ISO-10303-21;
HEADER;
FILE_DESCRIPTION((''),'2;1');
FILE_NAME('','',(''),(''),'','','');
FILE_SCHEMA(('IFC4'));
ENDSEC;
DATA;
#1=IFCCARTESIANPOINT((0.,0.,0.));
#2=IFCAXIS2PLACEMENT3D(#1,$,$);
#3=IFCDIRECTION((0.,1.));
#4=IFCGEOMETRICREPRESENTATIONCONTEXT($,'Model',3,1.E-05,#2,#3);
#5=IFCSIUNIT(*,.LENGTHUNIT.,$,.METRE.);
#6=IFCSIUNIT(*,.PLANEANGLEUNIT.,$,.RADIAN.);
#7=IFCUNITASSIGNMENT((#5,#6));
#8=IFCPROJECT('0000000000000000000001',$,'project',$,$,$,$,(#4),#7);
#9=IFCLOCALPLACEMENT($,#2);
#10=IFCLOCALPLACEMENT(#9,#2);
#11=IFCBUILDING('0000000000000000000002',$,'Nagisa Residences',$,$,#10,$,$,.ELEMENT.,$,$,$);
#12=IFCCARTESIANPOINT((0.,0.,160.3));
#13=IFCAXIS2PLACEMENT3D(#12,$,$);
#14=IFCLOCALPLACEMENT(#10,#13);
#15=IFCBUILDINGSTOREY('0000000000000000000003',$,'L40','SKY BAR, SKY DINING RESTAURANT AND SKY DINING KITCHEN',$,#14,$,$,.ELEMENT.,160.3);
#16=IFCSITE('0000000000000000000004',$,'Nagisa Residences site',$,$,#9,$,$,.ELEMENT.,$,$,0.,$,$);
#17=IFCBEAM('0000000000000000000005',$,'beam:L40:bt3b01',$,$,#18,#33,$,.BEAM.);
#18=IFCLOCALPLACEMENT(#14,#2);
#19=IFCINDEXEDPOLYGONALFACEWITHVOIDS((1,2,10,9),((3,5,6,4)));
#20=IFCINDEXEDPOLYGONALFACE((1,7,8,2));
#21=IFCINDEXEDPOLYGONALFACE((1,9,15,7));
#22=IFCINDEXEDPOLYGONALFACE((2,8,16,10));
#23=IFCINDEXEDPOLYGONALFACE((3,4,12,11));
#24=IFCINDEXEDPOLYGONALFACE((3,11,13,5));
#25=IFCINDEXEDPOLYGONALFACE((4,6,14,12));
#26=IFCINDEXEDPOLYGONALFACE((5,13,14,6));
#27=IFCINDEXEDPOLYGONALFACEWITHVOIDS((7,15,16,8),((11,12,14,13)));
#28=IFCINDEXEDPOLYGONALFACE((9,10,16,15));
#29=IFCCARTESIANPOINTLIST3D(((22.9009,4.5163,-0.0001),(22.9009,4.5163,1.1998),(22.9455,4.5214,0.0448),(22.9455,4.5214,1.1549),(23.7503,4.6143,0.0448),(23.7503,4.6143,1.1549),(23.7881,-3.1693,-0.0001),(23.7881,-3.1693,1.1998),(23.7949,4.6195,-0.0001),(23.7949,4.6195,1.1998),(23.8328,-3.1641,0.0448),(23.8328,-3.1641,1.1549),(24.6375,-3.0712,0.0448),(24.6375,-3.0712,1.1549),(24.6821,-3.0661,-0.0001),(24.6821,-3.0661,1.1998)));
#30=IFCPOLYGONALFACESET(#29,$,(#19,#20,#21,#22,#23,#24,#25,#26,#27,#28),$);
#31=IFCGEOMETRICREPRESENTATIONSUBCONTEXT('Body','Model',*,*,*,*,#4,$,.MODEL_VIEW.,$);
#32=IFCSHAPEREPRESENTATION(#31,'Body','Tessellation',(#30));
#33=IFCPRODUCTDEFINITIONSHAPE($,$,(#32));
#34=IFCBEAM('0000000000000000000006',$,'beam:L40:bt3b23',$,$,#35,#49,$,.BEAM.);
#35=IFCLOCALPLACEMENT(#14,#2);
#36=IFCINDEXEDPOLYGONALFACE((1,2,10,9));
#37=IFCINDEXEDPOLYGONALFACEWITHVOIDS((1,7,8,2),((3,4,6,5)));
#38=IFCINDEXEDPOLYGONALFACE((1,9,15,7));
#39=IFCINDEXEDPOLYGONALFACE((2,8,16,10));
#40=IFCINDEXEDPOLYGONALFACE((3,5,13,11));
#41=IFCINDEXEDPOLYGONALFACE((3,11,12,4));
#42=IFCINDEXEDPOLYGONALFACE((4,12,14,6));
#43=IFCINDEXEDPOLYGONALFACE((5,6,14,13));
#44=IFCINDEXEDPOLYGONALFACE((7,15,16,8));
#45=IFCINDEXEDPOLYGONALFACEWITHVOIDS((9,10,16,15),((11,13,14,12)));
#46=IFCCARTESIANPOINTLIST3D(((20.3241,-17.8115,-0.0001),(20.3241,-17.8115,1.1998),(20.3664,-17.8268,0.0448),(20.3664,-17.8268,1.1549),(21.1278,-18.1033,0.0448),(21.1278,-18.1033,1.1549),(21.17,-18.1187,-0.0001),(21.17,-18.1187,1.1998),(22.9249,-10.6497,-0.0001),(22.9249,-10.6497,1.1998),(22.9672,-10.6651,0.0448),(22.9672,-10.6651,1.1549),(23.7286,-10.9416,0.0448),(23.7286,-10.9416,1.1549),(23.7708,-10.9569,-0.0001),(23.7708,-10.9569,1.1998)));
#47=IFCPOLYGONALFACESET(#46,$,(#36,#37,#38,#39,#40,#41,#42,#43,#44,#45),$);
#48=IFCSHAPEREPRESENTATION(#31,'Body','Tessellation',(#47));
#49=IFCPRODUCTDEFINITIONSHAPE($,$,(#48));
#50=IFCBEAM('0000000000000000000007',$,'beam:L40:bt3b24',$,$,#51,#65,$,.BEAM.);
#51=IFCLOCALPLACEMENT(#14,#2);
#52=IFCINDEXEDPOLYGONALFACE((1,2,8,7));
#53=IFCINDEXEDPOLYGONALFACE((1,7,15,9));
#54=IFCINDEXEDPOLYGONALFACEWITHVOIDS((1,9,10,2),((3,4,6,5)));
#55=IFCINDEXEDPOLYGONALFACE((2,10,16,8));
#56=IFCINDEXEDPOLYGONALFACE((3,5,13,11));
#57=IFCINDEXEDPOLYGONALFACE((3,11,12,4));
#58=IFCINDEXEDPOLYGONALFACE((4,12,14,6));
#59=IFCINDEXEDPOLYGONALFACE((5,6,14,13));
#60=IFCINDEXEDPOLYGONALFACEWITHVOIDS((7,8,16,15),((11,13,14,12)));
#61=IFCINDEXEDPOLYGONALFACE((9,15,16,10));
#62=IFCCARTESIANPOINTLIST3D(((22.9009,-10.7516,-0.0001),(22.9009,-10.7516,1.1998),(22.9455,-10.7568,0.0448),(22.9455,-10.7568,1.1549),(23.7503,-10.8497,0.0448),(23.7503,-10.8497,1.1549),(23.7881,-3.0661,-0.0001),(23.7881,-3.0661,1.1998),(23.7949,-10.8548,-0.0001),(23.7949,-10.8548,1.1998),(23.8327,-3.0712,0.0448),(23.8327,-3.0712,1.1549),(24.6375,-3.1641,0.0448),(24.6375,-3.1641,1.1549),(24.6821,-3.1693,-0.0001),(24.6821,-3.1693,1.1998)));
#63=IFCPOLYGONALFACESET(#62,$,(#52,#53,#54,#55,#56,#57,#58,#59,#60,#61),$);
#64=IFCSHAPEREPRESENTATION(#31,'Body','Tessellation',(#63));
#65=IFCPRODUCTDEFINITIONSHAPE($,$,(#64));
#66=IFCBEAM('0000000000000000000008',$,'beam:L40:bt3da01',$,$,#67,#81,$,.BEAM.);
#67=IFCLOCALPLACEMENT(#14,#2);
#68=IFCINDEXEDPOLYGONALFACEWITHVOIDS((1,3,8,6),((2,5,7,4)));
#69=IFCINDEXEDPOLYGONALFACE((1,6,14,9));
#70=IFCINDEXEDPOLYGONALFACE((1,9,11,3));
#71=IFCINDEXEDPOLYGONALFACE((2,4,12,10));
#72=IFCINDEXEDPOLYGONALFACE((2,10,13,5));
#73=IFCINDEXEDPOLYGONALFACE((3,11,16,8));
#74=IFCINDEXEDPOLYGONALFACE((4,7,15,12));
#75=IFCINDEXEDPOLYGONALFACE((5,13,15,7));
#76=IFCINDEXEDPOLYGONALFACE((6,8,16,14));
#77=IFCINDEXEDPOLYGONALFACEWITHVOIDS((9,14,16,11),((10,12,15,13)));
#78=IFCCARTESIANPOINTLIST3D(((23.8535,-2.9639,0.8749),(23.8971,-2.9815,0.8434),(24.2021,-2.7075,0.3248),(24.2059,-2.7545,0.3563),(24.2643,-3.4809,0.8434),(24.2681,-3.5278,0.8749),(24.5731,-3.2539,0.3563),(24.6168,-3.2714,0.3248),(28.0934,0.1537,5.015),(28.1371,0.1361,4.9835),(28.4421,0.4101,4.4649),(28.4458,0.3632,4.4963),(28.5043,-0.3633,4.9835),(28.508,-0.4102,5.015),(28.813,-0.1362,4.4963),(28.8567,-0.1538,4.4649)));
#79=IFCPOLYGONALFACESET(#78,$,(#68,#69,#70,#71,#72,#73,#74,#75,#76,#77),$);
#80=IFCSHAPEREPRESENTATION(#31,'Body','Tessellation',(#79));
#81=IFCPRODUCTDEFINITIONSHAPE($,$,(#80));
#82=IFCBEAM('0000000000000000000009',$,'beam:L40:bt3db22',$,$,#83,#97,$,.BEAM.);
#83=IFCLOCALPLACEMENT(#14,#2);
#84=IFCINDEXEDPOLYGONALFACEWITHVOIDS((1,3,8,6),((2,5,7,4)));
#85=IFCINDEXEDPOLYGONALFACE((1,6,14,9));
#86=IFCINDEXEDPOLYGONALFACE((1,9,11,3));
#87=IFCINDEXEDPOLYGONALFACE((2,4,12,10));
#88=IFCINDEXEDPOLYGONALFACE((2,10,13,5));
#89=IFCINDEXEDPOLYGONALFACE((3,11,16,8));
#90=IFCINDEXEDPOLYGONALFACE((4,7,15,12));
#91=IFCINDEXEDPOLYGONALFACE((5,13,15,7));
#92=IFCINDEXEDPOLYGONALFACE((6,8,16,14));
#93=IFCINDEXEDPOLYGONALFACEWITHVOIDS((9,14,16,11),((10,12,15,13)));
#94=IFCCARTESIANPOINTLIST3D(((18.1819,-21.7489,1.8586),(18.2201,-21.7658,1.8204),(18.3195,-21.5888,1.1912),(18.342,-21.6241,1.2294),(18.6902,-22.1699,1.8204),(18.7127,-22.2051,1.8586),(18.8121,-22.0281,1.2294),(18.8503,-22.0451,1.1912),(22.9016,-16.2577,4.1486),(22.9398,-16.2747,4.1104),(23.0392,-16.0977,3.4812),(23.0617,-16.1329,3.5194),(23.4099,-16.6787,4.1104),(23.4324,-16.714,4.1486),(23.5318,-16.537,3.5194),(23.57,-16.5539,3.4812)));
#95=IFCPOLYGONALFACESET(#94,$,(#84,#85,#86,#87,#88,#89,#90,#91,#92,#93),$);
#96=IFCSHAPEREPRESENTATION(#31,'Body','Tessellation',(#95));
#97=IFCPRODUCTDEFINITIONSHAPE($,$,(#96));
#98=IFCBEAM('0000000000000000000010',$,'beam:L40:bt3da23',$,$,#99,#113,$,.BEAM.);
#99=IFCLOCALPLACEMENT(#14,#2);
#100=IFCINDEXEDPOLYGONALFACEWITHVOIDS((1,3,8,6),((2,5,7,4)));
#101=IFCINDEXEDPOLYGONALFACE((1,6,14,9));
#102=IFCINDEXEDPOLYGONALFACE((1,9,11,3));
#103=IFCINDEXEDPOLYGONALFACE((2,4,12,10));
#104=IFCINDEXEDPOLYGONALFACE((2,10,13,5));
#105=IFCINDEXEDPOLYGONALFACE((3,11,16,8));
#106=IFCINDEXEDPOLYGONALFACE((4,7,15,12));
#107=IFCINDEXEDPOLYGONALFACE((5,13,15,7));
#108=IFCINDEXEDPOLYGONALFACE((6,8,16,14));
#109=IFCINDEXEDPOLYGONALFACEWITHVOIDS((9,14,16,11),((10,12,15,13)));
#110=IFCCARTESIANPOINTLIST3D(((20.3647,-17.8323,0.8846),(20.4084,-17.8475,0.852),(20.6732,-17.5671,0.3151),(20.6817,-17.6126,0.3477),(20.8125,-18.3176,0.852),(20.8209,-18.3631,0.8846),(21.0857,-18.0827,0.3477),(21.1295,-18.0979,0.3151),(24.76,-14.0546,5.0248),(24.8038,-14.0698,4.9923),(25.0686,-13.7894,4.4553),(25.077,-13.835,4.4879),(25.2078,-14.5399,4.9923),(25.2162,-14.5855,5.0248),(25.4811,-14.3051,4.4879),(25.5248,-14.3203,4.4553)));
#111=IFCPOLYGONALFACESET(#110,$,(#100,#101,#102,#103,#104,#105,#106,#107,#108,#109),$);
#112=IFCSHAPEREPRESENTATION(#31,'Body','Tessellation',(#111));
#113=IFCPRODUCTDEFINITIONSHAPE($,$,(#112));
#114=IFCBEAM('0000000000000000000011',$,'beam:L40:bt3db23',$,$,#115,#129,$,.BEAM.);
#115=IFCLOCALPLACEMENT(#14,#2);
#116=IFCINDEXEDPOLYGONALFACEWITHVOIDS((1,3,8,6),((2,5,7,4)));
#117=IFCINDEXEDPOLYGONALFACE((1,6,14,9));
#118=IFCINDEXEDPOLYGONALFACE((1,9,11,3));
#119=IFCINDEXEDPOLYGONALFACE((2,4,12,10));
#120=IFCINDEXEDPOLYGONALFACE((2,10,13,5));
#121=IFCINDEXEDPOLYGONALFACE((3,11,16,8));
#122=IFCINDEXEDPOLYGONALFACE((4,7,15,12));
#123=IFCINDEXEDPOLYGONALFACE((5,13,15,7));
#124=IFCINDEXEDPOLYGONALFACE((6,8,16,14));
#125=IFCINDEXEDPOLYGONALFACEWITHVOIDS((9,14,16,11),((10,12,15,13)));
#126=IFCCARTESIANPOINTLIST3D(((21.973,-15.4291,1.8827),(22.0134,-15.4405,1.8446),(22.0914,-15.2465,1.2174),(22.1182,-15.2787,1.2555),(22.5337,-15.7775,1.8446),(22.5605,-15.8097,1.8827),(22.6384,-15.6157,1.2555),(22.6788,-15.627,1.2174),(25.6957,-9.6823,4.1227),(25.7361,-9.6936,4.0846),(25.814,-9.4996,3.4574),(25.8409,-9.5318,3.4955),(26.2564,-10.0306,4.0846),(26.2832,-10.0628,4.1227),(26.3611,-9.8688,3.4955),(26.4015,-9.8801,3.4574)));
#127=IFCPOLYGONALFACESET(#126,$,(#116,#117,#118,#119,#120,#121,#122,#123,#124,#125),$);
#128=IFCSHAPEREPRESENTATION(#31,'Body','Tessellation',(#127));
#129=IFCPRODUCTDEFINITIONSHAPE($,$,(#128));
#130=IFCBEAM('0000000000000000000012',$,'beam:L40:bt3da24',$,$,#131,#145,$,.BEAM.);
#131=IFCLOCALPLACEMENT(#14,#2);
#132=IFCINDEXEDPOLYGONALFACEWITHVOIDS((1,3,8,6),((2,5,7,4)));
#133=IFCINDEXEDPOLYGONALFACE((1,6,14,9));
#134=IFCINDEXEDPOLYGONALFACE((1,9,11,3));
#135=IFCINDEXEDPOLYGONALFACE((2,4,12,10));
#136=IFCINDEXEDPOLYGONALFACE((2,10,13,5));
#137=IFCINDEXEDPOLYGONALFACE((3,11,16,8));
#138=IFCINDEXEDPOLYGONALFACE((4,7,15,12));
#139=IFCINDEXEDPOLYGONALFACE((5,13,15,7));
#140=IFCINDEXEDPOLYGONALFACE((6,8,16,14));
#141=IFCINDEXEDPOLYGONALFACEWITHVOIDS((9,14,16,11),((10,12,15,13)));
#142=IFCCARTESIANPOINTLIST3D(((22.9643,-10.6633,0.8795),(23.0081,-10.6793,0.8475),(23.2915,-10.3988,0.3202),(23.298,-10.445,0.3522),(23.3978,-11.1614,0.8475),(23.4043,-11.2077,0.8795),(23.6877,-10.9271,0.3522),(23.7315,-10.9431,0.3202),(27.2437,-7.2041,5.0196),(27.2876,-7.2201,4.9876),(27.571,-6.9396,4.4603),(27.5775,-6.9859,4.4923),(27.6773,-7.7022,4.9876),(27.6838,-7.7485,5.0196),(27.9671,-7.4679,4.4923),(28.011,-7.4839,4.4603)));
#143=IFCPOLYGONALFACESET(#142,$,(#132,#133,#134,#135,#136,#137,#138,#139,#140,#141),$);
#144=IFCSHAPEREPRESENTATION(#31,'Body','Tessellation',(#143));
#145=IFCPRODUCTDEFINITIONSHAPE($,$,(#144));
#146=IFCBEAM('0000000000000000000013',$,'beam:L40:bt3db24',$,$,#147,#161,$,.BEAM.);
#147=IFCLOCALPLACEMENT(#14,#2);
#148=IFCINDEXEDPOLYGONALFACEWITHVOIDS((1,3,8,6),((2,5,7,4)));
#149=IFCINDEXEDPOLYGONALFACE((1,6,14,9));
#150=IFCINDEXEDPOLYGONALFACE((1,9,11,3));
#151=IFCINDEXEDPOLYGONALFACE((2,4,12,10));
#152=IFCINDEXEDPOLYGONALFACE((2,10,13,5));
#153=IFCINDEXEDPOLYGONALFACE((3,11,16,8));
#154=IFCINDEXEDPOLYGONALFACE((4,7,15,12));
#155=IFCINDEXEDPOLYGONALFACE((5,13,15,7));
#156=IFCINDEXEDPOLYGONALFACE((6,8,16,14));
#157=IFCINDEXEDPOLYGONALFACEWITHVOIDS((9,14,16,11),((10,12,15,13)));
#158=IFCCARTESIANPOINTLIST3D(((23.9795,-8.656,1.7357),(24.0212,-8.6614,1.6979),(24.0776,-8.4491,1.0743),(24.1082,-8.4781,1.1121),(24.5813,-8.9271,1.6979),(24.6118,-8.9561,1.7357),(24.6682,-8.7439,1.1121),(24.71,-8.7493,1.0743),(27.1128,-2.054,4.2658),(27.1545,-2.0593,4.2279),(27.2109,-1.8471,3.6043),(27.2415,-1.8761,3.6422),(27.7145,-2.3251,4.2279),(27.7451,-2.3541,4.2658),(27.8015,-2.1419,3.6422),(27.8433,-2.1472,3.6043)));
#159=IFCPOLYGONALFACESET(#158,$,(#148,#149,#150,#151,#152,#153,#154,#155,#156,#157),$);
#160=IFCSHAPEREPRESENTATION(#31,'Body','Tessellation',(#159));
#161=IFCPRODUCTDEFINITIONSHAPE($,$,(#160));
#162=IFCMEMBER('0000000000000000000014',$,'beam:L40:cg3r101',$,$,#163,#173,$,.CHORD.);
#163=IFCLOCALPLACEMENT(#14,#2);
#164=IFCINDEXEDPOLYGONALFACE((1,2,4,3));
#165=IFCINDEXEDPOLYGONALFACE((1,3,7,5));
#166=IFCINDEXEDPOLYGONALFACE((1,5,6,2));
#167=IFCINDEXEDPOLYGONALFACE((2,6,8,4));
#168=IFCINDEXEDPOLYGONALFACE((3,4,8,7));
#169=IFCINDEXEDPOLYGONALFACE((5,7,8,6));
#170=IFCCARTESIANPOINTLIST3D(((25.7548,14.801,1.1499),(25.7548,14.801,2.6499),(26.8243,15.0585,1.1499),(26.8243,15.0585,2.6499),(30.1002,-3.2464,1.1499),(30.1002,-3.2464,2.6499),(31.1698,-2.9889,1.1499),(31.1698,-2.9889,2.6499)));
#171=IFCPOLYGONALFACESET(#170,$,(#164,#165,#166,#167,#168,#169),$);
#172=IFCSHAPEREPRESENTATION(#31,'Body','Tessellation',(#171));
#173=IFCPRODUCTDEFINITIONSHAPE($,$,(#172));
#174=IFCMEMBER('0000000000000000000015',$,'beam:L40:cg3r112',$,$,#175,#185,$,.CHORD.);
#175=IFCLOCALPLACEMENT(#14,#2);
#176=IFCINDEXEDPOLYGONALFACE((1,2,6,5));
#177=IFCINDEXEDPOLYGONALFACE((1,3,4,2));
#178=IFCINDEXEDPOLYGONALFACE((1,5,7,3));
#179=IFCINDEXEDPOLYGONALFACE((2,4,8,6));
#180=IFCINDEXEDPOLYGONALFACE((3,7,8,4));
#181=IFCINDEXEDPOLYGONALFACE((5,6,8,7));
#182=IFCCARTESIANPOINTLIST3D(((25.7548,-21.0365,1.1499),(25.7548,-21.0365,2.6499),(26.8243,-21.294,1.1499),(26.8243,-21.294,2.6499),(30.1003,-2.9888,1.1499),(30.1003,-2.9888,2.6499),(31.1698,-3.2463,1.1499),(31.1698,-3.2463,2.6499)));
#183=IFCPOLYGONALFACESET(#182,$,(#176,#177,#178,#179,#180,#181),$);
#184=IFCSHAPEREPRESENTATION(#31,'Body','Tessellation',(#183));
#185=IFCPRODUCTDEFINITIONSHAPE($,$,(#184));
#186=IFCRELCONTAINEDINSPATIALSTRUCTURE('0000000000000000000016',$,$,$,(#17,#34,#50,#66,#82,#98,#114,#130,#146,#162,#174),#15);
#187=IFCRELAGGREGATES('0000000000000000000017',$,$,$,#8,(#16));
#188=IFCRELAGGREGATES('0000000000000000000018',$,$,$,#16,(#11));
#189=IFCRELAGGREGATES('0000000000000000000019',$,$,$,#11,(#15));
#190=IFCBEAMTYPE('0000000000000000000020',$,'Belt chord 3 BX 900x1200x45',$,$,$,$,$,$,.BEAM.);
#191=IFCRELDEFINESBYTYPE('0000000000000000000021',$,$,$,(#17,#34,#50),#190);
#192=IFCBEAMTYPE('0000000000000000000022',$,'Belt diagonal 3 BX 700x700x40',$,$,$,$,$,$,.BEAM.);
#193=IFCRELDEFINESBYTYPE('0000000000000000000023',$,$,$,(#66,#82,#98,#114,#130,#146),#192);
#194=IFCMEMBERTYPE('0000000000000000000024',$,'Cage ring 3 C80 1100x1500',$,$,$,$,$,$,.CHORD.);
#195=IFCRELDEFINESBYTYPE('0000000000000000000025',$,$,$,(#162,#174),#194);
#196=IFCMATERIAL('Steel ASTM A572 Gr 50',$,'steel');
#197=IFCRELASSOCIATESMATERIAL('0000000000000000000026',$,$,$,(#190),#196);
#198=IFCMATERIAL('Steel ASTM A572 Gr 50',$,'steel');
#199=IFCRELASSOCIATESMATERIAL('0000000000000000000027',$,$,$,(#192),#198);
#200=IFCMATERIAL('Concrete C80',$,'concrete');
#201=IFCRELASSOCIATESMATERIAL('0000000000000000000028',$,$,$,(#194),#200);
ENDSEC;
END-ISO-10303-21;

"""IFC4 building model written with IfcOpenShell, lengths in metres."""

from ifc_helpers import new_model, si_unit, direction, frame, origin, origin_2d, place, context, subcontext, project, spatial, rectangle, hollow_rectangle, extrude, material, material_profile, profile_set, type_object, element, save


model = new_model("IFC4")

# Units and contexts
model_context = context("Model", 3, precision=1e-05, world=origin(), true_north=direction((0.0, 1.0)))
body_context = subcontext(model_context, "Body", "Model", "MODEL_VIEW")
ifc_project = project(units=[si_unit("LENGTHUNIT", "METRE"), si_unit("PLANEANGLEUNIT", "RADIAN")], contexts=[model_context])

# Site, building, storey
site_placement = place(None, origin())
site = spatial("IfcSite", under=ifc_project, at=site_placement, Name="Nagisa Residences site", CompositionType="ELEMENT", RefElevation=0.0)
building_placement = place(site_placement, origin())
building = spatial("IfcBuilding", under=site, at=building_placement, Name="Nagisa Residences", CompositionType="ELEMENT")
storey_placement = place(building_placement, frame((0.0, 0.0, 160.3)))
storey = spatial("IfcBuildingStorey", under=building, at=storey_placement, Name="L40", Description="SKY BAR, SKY DINING RESTAURANT AND SKY DINING KITCHEN", CompositionType="ELEMENT", Elevation=160.3)

# Beams
ifc_material_1 = material(Name="Steel ASTM A572 Gr 50", Category="steel")
ifc_material_profile_1 = material_profile(ifc_material_1, hollow_rectangle(XDim=0.8999, YDim=1.2, WallThickness=0.0449, at=origin_2d()), Name="BX 900x1200x45")
ifc_profile_set_1 = profile_set([ifc_material_profile_1], Name="Steel ASTM A572 Gr 50")
beam_type_1 = type_object("IfcBeamType", Name="Belt chord 3 BX 900x1200x45", PredefinedType="BEAM", material=ifc_profile_set_1)
beam_1_placement = place(storey_placement, frame((24.2351, -3.1177, 0.5999), z_axis=(-0.114677, 0.993403, 0.0), x_axis=(-0.993403, -0.114677, 0.0)))
element("IfcBeam", 1, at=beam_1_placement, inside=storey, type_object=beam_type_1, Name="beam:L40:bt3b01", PredefinedType="BEAM", context=body_context, shape_type="SweptSolid", body=[
    extrude(hollow_rectangle(XDim=0.8999, YDim=1.2, WallThickness=0.0449, at=origin_2d()), origin(), (0.0, 0.0, 1.0), 7.7366),
])
beam_2_placement = place(storey_placement, frame((20.7471, -17.9651, 0.5999), z_axis=(0.341339, 0.93994, 0.0), x_axis=(-0.93994, 0.341339, 0.0)))
element("IfcBeam", 2, at=beam_2_placement, inside=storey, type_object=beam_type_1, Name="beam:L40:bt3b23", PredefinedType="BEAM", context=body_context, shape_type="SweptSolid", body=[
    extrude(hollow_rectangle(XDim=0.8999, YDim=1.2, WallThickness=0.0449, at=origin_2d()), origin(), (0.0, 0.0, 1.0), 7.6194),
])
beam_3_placement = place(storey_placement, frame((23.3479, -10.8032, 0.5999), z_axis=(0.114677, 0.993403, 0.0), x_axis=(-0.993403, 0.114677, 0.0)))
element("IfcBeam", 3, at=beam_3_placement, inside=storey, type_object=beam_type_1, Name="beam:L40:bt3b24", PredefinedType="BEAM", context=body_context, shape_type="SweptSolid", body=[
    extrude(hollow_rectangle(XDim=0.8999, YDim=1.2, WallThickness=0.0449, at=origin_2d()), origin(), (0.0, 0.0, 1.0), 7.7366),
])
ifc_material_2 = material(Name="Steel ASTM A572 Gr 50", Category="steel")
ifc_material_profile_2 = material_profile(ifc_material_2, hollow_rectangle(XDim=0.7, YDim=0.7, WallThickness=0.04, at=origin_2d()), Name="BX 700x700x40")
ifc_profile_set_2 = profile_set([ifc_material_profile_2], Name="Steel ASTM A572 Gr 50")
beam_type_2 = type_object("IfcBeamType", Name="Belt diagonal 3 BX 700x700x40", PredefinedType="BEAM", material=ifc_profile_set_2)
beam_4_placement = place(storey_placement, frame((24.2351, -3.1177, 0.5999), z_axis=(0.6332, 0.465594, 0.618288), x_axis=(-0.592395, 0.805648, 0.0)))
element("IfcBeam", 4, at=beam_4_placement, inside=storey, type_object=beam_type_2, Name="beam:L40:bt3da01", PredefinedType="BEAM", context=body_context, shape_type="SweptSolid", body=[
    extrude(hollow_rectangle(XDim=0.7, YDim=0.7, WallThickness=0.04, at=origin_2d()), origin(), (0.0, 0.0, 1.0), 6.696),
])
beam_5_placement = place(storey_placement, frame((18.5161, -21.897, 1.5249), z_axis=(0.621482, 0.723069, 0.301547), x_axis=(-0.758371, 0.651824, 0.0)))
element("IfcBeam", 5, at=beam_5_placement, inside=storey, type_object=beam_type_2, Name="beam:L40:bt3db22", PredefinedType="BEAM", context=body_context, shape_type="SweptSolid", body=[
    extrude(hollow_rectangle(XDim=0.7, YDim=0.7, WallThickness=0.04, at=origin_2d()), origin(), (0.0, 0.0, 1.0), 7.5942),
])
beam_6_placement = place(storey_placement, frame((20.7471, -17.9651, 0.5999), z_axis=(0.6171, 0.530378, 0.58128), x_axis=(-0.651807, 0.758385, 0.0)))
element("IfcBeam", 6, at=beam_6_placement, inside=storey, type_object=beam_type_2, Name="beam:L40:bt3da23", PredefinedType="BEAM", context=body_context, shape_type="SweptSolid", body=[
    extrude(hollow_rectangle(XDim=0.7, YDim=0.7, WallThickness=0.04, at=origin_2d()), origin(), (0.0, 0.0, 1.0), 7.1226),
])
beam_7_placement = place(storey_placement, frame((22.3259, -15.5281, 1.55), z_axis=(0.516728, 0.797695, 0.310925), x_axis=(-0.839296, 0.543676, 0.0)))
element("IfcBeam", 7, at=beam_7_placement, inside=storey, type_object=beam_type_2, Name="beam:L40:bt3db23", PredefinedType="BEAM", context=body_context, shape_type="SweptSolid", body=[
    extrude(hollow_rectangle(XDim=0.7, YDim=0.7, WallThickness=0.04, at=origin_2d()), origin(), (0.0, 0.0, 1.0), 7.2043),
])
beam_8_placement = place(storey_placement, frame((23.3479, -10.8032, 0.5999), z_axis=(0.621455, 0.502333, 0.601211), x_axis=(-0.628631, 0.777703, 0.0)))
element("IfcBeam", 8, at=beam_8_placement, inside=storey, type_object=beam_type_2, Name="beam:L40:bt3da24", PredefinedType="BEAM", context=body_context, shape_type="SweptSolid", body=[
    extrude(hollow_rectangle(XDim=0.7, YDim=0.7, WallThickness=0.04, at=origin_2d()), origin(), (0.0, 0.0, 1.0), 6.8862),
])
beam_9_placement = place(storey_placement, frame((24.3447, -8.7026, 1.405), z_axis=(0.405164, 0.853705, 0.327156), x_axis=(-0.903419, 0.428758, 0.0)))
element("IfcBeam", 9, at=beam_9_placement, inside=storey, type_object=beam_type_2, Name="beam:L40:bt3db24", PredefinedType="BEAM", context=body_context, shape_type="SweptSolid", body=[
    extrude(hollow_rectangle(XDim=0.7, YDim=0.7, WallThickness=0.04, at=origin_2d()), origin(), (0.0, 0.0, 1.0), 7.7334),
])

# Members
ifc_material_3 = material(Name="Concrete C80", Category="concrete")
ifc_material_profile_3 = material_profile(ifc_material_3, rectangle(XDim=1.1001, YDim=1.5, at=origin_2d()), Name="C80 1100x1500")
ifc_profile_set_3 = profile_set([ifc_material_profile_3], Name="Concrete C80")
member_type_1 = type_object("IfcMemberType", Name="Cage ring 3 C80 1100x1500", PredefinedType="CHORD", material=ifc_profile_set_3)
member_1_placement = place(storey_placement, frame((30.635, -3.1177, 1.8999), z_axis=(-0.234091, 0.972215, 0.0), x_axis=(-0.972215, -0.234091, 0.0)))
element("IfcMember", 10, at=member_1_placement, inside=storey, type_object=member_type_1, Name="beam:L40:cg3r101", PredefinedType="CHORD", context=body_context, shape_type="SweptSolid", body=[
    extrude(rectangle(XDim=1.1001, YDim=1.5, at=origin_2d()), origin(), (0.0, 0.0, 1.0), 18.5632),
])
member_2_placement = place(storey_placement, frame((26.2896, -21.1653, 1.8999), z_axis=(0.234088, 0.972215, 0.0), x_axis=(-0.972215, 0.234088, 0.0)))
element("IfcMember", 11, at=member_2_placement, inside=storey, type_object=member_type_1, Name="beam:L40:cg3r112", PredefinedType="CHORD", context=body_context, shape_type="SweptSolid", body=[
    extrude(rectangle(XDim=1.1001, YDim=1.5, at=origin_2d()), origin(), (0.0, 0.0, 1.0), 18.5635),
])

save(model, "model.ifc")
